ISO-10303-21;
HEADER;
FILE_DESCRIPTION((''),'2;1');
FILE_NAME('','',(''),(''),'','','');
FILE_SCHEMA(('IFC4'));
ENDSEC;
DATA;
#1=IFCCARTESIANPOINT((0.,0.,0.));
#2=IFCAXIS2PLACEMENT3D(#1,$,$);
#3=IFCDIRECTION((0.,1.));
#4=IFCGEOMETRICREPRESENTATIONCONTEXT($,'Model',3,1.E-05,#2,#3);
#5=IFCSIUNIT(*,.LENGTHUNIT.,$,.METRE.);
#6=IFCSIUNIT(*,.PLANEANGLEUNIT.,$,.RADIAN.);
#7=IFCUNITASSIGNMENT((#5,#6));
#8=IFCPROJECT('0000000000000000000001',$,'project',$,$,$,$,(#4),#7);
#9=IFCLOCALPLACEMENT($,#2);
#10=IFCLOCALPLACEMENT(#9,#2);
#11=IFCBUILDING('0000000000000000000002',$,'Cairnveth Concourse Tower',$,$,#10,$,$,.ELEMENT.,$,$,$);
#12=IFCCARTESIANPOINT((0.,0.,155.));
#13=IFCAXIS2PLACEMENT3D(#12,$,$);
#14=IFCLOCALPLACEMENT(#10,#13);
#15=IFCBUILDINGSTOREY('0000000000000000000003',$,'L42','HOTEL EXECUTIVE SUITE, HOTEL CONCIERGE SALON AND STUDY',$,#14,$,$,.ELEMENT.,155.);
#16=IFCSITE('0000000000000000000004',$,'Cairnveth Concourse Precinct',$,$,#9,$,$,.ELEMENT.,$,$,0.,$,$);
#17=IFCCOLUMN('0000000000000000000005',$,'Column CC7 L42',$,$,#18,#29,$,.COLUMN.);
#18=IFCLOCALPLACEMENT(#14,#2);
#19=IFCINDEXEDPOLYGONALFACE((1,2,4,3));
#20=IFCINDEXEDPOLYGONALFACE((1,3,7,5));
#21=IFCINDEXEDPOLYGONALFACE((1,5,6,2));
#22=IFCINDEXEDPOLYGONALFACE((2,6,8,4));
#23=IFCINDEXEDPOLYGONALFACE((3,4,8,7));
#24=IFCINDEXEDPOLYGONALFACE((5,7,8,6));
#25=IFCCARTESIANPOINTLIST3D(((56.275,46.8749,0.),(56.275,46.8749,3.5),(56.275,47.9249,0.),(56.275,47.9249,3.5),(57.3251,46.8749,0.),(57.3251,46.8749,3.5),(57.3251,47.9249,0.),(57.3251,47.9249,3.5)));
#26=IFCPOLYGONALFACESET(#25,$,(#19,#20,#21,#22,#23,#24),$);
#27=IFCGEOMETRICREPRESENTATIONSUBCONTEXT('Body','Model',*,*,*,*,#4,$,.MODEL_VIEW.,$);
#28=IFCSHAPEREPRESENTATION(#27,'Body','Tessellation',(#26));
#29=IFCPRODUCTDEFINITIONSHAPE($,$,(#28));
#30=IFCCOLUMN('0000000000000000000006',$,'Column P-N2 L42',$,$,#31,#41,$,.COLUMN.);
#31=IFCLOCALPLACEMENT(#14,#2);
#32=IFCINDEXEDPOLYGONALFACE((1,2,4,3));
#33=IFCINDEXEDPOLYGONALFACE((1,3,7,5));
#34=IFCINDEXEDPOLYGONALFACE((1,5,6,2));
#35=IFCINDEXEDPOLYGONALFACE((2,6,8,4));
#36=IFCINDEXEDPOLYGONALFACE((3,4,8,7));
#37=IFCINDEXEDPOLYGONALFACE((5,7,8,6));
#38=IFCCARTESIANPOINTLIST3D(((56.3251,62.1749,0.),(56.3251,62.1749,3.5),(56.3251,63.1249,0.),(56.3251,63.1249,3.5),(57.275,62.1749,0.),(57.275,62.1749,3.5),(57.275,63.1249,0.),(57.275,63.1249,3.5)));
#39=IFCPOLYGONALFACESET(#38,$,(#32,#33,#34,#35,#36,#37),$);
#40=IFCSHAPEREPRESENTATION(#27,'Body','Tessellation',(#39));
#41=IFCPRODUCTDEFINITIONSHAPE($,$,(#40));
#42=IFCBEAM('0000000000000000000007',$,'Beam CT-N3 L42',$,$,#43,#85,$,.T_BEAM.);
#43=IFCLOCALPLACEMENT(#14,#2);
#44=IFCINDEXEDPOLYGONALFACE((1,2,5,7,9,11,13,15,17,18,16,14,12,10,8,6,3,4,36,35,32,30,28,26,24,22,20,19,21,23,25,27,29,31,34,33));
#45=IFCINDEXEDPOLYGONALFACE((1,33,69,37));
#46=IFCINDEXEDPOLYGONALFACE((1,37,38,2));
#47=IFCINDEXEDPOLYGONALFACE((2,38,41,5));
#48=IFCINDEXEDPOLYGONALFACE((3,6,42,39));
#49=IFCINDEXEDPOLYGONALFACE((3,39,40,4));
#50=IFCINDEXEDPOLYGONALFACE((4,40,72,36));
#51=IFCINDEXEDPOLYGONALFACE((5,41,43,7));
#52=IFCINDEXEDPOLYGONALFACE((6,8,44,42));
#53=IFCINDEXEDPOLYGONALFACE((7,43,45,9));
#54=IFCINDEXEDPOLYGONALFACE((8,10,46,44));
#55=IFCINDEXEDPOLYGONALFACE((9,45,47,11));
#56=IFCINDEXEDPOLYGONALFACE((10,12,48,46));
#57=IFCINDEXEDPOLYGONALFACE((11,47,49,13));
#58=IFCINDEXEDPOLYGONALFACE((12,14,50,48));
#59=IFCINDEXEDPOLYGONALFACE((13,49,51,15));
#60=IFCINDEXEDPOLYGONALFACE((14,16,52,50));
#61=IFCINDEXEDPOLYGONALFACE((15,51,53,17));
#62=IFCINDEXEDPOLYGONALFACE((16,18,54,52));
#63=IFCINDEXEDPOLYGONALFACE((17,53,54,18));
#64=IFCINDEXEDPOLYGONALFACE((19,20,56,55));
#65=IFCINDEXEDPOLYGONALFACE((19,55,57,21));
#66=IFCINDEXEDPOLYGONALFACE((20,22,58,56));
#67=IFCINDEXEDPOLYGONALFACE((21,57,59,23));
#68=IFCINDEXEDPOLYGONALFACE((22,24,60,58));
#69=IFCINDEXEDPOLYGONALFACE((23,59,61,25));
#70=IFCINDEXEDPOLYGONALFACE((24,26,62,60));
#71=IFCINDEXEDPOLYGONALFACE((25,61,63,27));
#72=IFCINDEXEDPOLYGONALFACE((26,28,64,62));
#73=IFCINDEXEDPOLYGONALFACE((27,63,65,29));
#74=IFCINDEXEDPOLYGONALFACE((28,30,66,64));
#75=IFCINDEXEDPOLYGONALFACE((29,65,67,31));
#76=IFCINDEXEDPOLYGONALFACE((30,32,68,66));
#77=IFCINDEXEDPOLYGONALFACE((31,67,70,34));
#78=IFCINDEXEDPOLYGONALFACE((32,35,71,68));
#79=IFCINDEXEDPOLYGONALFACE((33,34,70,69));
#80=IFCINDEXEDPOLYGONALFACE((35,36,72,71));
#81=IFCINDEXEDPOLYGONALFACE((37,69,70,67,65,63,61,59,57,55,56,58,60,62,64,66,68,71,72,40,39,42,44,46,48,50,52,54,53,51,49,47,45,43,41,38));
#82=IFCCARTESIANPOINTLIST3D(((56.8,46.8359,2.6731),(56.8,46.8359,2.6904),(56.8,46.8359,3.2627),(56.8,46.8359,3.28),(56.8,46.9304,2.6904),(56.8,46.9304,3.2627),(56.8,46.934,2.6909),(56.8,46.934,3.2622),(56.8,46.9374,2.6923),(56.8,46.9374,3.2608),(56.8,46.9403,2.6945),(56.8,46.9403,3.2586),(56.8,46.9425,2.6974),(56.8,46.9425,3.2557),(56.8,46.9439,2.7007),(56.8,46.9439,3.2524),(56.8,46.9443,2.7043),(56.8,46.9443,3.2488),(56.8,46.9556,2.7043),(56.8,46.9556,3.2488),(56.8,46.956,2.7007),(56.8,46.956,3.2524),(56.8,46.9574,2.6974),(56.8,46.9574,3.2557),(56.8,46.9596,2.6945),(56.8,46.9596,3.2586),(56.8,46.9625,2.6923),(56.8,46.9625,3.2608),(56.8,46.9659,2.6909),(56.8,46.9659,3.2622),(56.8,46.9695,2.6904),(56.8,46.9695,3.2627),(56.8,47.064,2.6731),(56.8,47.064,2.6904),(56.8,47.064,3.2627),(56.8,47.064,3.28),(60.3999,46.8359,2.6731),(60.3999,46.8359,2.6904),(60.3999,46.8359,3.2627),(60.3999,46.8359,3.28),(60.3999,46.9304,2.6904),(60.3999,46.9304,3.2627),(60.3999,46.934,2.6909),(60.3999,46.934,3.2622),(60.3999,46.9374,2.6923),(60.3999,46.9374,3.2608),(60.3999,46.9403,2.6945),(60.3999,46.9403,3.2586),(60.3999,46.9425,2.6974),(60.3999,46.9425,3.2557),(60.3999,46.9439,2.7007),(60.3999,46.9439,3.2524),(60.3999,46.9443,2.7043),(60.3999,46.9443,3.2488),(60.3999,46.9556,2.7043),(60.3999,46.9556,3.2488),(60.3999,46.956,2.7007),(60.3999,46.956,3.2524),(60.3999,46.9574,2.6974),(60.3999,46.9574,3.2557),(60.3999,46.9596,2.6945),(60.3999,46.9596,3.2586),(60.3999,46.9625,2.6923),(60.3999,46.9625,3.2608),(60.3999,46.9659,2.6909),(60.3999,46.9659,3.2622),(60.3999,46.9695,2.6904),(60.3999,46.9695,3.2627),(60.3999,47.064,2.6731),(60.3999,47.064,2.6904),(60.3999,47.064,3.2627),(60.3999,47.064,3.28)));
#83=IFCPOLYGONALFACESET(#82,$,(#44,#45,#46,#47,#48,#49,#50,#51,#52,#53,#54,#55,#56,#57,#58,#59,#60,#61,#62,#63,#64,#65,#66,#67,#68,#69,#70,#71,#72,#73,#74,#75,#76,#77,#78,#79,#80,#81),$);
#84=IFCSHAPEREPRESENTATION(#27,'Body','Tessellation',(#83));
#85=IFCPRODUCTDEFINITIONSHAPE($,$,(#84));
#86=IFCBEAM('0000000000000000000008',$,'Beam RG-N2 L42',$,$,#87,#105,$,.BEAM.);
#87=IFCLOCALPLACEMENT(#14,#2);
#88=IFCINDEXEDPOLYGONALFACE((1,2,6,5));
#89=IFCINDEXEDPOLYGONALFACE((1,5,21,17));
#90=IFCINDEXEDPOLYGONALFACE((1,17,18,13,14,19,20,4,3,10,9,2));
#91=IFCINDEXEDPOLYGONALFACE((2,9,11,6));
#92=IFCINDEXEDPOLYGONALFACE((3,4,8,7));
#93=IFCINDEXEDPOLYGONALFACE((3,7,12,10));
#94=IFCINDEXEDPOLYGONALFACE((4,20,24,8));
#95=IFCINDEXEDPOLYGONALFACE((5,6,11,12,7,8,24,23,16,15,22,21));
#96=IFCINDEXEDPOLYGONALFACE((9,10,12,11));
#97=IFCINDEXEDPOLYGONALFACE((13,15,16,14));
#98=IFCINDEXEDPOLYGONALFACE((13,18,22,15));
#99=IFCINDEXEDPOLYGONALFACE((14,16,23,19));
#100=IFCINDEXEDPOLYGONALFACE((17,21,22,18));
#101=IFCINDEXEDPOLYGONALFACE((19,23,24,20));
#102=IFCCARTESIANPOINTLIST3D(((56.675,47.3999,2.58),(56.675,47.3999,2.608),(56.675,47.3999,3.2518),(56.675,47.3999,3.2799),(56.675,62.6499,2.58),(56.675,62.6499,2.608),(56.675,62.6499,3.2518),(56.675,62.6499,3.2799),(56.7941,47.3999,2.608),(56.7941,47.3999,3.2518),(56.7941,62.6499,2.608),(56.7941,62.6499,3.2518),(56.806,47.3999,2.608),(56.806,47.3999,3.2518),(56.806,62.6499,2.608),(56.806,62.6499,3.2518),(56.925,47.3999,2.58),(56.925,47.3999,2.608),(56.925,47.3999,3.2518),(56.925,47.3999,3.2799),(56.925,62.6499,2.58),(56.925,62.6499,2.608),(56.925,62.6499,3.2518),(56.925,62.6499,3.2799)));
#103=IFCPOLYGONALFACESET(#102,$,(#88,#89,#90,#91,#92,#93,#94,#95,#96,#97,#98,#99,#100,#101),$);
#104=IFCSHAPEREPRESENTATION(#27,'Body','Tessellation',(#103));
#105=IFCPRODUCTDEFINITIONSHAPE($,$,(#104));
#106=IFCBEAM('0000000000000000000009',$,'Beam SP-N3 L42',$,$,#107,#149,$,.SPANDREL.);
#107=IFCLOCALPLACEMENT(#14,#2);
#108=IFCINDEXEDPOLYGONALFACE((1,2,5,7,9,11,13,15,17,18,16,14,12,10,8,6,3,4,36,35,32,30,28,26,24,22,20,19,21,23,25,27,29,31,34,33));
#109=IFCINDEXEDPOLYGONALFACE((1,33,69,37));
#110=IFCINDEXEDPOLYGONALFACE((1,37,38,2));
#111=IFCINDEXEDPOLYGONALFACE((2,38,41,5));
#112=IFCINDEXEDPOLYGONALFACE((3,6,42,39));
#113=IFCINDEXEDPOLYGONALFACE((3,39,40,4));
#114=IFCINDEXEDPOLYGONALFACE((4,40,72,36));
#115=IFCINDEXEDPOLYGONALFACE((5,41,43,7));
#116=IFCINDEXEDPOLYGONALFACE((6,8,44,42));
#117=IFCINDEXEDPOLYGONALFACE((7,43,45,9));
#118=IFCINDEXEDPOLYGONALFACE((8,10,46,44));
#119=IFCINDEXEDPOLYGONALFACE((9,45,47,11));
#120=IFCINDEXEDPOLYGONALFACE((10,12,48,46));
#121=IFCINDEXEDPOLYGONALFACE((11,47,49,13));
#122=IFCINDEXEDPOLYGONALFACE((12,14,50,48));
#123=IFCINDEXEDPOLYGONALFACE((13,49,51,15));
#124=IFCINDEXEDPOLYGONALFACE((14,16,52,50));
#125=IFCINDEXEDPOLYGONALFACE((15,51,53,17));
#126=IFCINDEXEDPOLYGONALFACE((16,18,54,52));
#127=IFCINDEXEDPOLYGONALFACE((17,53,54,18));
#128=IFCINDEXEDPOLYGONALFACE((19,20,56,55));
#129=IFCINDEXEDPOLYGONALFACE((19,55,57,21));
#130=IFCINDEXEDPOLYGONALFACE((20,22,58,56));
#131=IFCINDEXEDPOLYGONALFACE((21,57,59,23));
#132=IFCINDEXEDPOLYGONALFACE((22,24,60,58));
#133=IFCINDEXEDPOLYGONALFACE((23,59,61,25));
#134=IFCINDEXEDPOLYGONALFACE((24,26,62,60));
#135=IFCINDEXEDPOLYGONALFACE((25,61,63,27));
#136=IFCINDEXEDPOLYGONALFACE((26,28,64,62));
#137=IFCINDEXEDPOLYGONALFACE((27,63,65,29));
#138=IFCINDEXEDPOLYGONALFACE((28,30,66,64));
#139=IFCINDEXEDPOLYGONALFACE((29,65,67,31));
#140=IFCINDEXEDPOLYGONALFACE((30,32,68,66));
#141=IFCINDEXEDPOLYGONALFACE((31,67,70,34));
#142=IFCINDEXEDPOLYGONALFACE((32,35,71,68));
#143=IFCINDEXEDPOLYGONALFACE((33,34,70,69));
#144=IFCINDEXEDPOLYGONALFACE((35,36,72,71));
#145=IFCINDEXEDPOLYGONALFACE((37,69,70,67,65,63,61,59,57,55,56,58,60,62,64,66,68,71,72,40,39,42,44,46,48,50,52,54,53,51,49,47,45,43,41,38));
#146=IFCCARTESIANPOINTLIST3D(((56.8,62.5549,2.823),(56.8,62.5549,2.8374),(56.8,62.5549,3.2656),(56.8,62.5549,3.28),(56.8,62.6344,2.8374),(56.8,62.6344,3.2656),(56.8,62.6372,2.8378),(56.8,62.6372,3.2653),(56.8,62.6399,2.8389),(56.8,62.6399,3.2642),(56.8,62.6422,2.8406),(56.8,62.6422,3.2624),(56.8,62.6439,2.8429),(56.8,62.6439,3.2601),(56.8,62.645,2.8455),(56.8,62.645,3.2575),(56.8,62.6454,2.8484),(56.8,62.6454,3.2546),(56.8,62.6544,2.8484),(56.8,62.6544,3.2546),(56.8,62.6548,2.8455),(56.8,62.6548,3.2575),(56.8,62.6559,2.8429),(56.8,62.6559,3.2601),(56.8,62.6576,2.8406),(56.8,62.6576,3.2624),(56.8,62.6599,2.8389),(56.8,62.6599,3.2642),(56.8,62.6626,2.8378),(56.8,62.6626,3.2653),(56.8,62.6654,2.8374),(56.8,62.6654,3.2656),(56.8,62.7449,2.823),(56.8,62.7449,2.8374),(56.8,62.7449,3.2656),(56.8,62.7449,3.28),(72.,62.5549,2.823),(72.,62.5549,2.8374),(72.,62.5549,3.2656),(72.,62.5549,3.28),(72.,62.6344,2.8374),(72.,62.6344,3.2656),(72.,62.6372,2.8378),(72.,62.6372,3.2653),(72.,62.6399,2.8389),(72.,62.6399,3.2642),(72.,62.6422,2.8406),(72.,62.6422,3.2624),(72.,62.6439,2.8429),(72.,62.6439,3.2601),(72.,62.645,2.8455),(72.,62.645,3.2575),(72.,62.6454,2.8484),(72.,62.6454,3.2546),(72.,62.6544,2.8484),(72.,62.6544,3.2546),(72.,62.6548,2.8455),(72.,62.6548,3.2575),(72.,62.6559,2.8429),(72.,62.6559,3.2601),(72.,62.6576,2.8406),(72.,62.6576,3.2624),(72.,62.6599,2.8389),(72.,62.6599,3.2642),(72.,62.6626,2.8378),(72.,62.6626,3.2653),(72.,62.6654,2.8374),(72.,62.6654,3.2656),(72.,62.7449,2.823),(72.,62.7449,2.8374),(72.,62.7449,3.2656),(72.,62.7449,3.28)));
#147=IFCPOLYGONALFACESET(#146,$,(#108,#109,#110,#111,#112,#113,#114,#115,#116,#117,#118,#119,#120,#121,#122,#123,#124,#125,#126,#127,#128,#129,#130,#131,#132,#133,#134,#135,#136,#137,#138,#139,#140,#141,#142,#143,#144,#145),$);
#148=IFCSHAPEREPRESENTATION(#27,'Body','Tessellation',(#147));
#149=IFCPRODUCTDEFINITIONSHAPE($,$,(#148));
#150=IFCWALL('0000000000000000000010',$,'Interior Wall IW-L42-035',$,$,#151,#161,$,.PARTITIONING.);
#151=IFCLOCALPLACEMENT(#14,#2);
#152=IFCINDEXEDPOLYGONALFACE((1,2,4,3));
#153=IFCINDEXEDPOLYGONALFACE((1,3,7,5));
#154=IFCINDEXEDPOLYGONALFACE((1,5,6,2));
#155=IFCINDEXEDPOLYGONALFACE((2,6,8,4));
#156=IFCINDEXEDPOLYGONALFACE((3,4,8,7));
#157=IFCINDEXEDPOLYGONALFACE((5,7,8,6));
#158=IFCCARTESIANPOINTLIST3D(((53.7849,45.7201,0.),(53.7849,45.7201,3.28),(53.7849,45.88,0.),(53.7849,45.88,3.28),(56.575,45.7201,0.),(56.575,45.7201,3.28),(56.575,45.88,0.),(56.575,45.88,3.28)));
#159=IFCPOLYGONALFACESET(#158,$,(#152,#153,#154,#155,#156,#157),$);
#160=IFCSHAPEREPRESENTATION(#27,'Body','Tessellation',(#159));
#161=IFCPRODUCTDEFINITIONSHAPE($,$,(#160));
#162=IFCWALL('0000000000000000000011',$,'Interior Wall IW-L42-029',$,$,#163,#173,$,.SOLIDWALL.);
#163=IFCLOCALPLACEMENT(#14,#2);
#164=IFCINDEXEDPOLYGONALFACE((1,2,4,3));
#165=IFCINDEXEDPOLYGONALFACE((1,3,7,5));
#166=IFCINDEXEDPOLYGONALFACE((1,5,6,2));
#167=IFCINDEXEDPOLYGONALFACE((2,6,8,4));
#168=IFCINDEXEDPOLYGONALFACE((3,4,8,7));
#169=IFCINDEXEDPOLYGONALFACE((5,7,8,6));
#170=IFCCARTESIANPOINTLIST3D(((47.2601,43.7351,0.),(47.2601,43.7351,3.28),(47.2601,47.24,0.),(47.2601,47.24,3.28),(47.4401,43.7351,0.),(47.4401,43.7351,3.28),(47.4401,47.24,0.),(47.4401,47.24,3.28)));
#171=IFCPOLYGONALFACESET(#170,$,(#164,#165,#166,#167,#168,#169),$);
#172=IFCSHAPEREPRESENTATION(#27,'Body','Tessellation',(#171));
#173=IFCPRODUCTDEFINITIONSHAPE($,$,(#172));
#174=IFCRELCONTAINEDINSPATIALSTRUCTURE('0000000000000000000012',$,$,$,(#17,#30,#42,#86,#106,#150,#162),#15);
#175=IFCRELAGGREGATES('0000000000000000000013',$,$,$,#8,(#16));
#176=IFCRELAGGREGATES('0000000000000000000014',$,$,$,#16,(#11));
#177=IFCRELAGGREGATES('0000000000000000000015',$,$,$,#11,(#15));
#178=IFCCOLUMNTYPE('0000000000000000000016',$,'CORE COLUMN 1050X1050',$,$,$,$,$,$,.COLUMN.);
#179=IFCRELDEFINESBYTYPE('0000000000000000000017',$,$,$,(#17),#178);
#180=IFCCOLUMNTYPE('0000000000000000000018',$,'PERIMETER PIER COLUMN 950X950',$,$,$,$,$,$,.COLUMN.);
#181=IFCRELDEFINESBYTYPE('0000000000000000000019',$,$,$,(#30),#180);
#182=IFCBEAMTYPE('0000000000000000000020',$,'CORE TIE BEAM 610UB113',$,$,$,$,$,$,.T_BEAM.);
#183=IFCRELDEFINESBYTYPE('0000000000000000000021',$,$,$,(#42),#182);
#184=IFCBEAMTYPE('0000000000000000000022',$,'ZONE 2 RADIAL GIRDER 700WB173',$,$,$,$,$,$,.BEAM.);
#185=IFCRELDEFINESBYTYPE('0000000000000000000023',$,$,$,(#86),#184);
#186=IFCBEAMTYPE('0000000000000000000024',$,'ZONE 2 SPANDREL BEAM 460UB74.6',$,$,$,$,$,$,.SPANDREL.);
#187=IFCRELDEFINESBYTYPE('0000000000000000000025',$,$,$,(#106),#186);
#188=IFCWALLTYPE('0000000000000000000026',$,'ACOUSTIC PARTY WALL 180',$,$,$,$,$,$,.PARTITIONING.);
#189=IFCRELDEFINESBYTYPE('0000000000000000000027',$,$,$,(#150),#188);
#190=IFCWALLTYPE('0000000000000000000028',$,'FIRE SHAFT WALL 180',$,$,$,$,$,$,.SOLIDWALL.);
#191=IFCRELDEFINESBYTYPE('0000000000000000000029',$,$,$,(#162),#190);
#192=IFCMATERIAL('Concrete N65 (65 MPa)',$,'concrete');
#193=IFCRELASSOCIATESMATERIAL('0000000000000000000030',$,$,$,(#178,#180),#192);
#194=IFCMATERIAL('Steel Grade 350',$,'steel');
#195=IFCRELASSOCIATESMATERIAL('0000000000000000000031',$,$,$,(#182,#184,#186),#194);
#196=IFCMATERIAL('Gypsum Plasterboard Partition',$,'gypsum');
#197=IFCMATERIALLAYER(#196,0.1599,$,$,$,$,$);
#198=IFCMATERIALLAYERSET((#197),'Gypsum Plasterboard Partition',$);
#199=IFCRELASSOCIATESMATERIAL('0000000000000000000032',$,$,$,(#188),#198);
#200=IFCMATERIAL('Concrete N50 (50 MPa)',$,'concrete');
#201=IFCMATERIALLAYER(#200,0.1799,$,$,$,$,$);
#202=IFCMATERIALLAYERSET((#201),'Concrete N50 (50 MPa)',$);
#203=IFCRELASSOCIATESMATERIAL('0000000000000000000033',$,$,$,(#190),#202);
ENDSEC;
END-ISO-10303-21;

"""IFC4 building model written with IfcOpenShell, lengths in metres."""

from ifc_helpers import new_model, si_unit, direction, frame, frame_2d, origin, origin_2d, place, context, subcontext, project, spatial, rectangle, i_section, extrude, material, layer, layer_set, material_profile, profile_set, type_object, element, save


model = new_model("IFC4")

# Units and contexts
model_context = context("Model", 3, precision=1e-05, world=origin(), true_north=direction((0.0, 1.0)))
body_context = subcontext(model_context, "Body", "Model", "MODEL_VIEW")
ifc_project = project(units=[si_unit("LENGTHUNIT", "METRE"), si_unit("PLANEANGLEUNIT", "RADIAN")], contexts=[model_context])

# Site, building, storey
site_placement = place(None, origin())
site = spatial("IfcSite", under=ifc_project, at=site_placement, Name="Cairnveth Concourse Precinct", CompositionType="ELEMENT", RefElevation=0.0)
building_placement = place(site_placement, origin())
building = spatial("IfcBuilding", under=site, at=building_placement, Name="Cairnveth Concourse Tower", CompositionType="ELEMENT")
storey_placement = place(building_placement, frame((0.0, 0.0, 155.0)))
storey = spatial("IfcBuildingStorey", under=building, at=storey_placement, Name="L42", Description="HOTEL EXECUTIVE SUITE, HOTEL CONCIERGE SALON AND STUDY", CompositionType="ELEMENT", Elevation=155.0)

# Columns
ifc_material_1 = material(Name="Concrete N65 (65 MPa)", Category="concrete")
ifc_material_profile_1 = material_profile(ifc_material_1, rectangle(XDim=1.05, YDim=1.05, at=origin_2d()), Name="RC-COL-1050x1050")
ifc_profile_set_1 = profile_set([ifc_material_profile_1], Name="Concrete N65 (65 MPa)")
column_type_1 = type_object("IfcColumnType", Name="CORE COLUMN 1050X1050", PredefinedType="COLUMN", material=ifc_profile_set_1)
column_1_placement = place(storey_placement, frame((56.8, 47.3999, 0.0), z_axis=(0.0, 0.0, 1.0), x_axis=(1.0, 0.0, 0.0)))
element("IfcColumn", 1, at=column_1_placement, inside=storey, type_object=column_type_1, Name="Column CC7 L42", PredefinedType="COLUMN", context=body_context, shape_type="SweptSolid", body=[
    extrude(rectangle(XDim=1.05, YDim=1.05, at=origin_2d()), origin(), (0.0, 0.0, 1.0), 3.5),
])
ifc_material_profile_2 = material_profile(ifc_material_1, rectangle(XDim=0.95, YDim=0.95, at=origin_2d()), Name="RC-COL-950x950")
ifc_profile_set_2 = profile_set([ifc_material_profile_2], Name="Concrete N65 (65 MPa)")
column_type_2 = type_object("IfcColumnType", Name="PERIMETER PIER COLUMN 950X950", PredefinedType="COLUMN", material=ifc_profile_set_2)
column_2_placement = place(storey_placement, frame((56.8, 62.6499, 0.0), z_axis=(0.0, 0.0, 1.0), x_axis=(1.0, 0.0, 0.0)))
element("IfcColumn", 2, at=column_2_placement, inside=storey, type_object=column_type_2, Name="Column P-N2 L42", PredefinedType="COLUMN", context=body_context, shape_type="SweptSolid", body=[
    extrude(rectangle(XDim=0.95, YDim=0.95, at=origin_2d()), origin(), (0.0, 0.0, 1.0), 3.5),
])

# Beams
ifc_material_2 = material(Name="Steel Grade 350", Category="steel")
ifc_material_profile_3 = material_profile(ifc_material_2, i_section(OverallWidth=0.228, OverallDepth=0.6069, WebThickness=0.0112, FlangeThickness=0.0173, FilletRadius=0.0139, at=origin_2d()), Name="610UB113")
ifc_profile_set_3 = profile_set([ifc_material_profile_3], Name="Steel Grade 350")
beam_type_1 = type_object("IfcBeamType", Name="CORE TIE BEAM 610UB113", PredefinedType="T_BEAM", material=ifc_profile_set_3)
beam_1_placement = place(storey_placement, frame((56.8, 46.95, 2.9766), z_axis=(1.0, 0.0, 0.0), x_axis=(0.0, 1.0, 0.0)))
element("IfcBeam", 3, at=beam_1_placement, inside=storey, type_object=beam_type_1, Name="Beam CT-N3 L42", PredefinedType="T_BEAM", context=body_context, shape_type="SweptSolid", body=[
    extrude(i_section(OverallWidth=0.228, OverallDepth=0.6069, WebThickness=0.0112, FlangeThickness=0.0173, FilletRadius=0.0139, at=origin_2d()), origin(), (0.0, 0.0, 1.0), 3.5999),
])
ifc_material_profile_4 = material_profile(ifc_material_2, i_section(OverallWidth=0.25, OverallDepth=0.7, WebThickness=0.012, FlangeThickness=0.0281, at=origin_2d()), Name="700WB173")
ifc_profile_set_4 = profile_set([ifc_material_profile_4], Name="Steel Grade 350")
beam_type_2 = type_object("IfcBeamType", Name="ZONE 2 RADIAL GIRDER 700WB173", PredefinedType="BEAM", material=ifc_profile_set_4)
beam_2_placement = place(storey_placement, frame((56.8, 47.3999, 2.9299), z_axis=(0.0, 1.0, 0.0), x_axis=(-1.0, 0.0, 0.0)))
element("IfcBeam", 4, at=beam_2_placement, inside=storey, type_object=beam_type_2, Name="Beam RG-N2 L42", PredefinedType="BEAM", context=body_context, shape_type="SweptSolid", body=[
    extrude(i_section(OverallWidth=0.25, OverallDepth=0.7, WebThickness=0.012, FlangeThickness=0.0281, at=origin_2d()), origin(), (0.0, 0.0, 1.0), 15.25),
])
ifc_material_profile_5 = material_profile(ifc_material_2, i_section(OverallWidth=0.1899, OverallDepth=0.457, WebThickness=0.009, FlangeThickness=0.0144, FilletRadius=0.011, at=origin_2d()), Name="460UB74.6")
ifc_profile_set_5 = profile_set([ifc_material_profile_5], Name="Steel Grade 350")
beam_type_3 = type_object("IfcBeamType", Name="ZONE 2 SPANDREL BEAM 460UB74.6", PredefinedType="SPANDREL", material=ifc_profile_set_5)
beam_3_placement = place(storey_placement, frame((56.8, 62.6499, 3.0515), z_axis=(1.0, 0.0, 0.0), x_axis=(0.0, 1.0, 0.0)))
element("IfcBeam", 5, at=beam_3_placement, inside=storey, type_object=beam_type_3, Name="Beam SP-N3 L42", PredefinedType="SPANDREL", context=body_context, shape_type="SweptSolid", body=[
    extrude(i_section(OverallWidth=0.1899, OverallDepth=0.457, WebThickness=0.009, FlangeThickness=0.0144, FilletRadius=0.011, at=origin_2d()), origin(), (0.0, 0.0, 1.0), 15.2),
])

# Walls
ifc_material_3 = material(Name="Gypsum Plasterboard Partition", Category="gypsum")
ifc_layer_1 = layer(ifc_material_3, 0.1599)
ifc_layer_set_1 = layer_set([ifc_layer_1], Name="Gypsum Plasterboard Partition")
wall_type_1 = type_object("IfcWallType", Name="ACOUSTIC PARTY WALL 180", PredefinedType="PARTITIONING", material=ifc_layer_set_1)
wall_1_placement = place(storey_placement, frame((53.7849, 45.8, 0.0), z_axis=(0.0, 0.0, 1.0), x_axis=(1.0, 0.0, 0.0)))
element("IfcWall", 6, at=wall_1_placement, inside=storey, type_object=wall_type_1, Name="Interior Wall IW-L42-035", PredefinedType="PARTITIONING", context=body_context, shape_type="SweptSolid", body=[
    extrude(rectangle(XDim=2.79, YDim=0.1599, at=frame_2d((1.395, 0.0))), origin(), (0.0, 0.0, 1.0), 3.28),
])
ifc_material_4 = material(Name="Concrete N50 (50 MPa)", Category="concrete")
ifc_layer_2 = layer(ifc_material_4, 0.1799)
ifc_layer_set_2 = layer_set([ifc_layer_2], Name="Concrete N50 (50 MPa)")
wall_type_2 = type_object("IfcWallType", Name="FIRE SHAFT WALL 180", PredefinedType="SOLIDWALL", material=ifc_layer_set_2)
wall_2_placement = place(storey_placement, frame((47.3501, 43.7351, 0.0), z_axis=(0.0, 0.0, 1.0), x_axis=(0.0, 1.0, 0.0)))
element("IfcWall", 7, at=wall_2_placement, inside=storey, type_object=wall_type_2, Name="Interior Wall IW-L42-029", PredefinedType="SOLIDWALL", context=body_context, shape_type="SweptSolid", body=[
    extrude(rectangle(XDim=3.5049, YDim=0.1799, at=frame_2d((1.7524, 0.0))), origin(), (0.0, 0.0, 1.0), 3.28),
])

save(model, "model.ifc")
